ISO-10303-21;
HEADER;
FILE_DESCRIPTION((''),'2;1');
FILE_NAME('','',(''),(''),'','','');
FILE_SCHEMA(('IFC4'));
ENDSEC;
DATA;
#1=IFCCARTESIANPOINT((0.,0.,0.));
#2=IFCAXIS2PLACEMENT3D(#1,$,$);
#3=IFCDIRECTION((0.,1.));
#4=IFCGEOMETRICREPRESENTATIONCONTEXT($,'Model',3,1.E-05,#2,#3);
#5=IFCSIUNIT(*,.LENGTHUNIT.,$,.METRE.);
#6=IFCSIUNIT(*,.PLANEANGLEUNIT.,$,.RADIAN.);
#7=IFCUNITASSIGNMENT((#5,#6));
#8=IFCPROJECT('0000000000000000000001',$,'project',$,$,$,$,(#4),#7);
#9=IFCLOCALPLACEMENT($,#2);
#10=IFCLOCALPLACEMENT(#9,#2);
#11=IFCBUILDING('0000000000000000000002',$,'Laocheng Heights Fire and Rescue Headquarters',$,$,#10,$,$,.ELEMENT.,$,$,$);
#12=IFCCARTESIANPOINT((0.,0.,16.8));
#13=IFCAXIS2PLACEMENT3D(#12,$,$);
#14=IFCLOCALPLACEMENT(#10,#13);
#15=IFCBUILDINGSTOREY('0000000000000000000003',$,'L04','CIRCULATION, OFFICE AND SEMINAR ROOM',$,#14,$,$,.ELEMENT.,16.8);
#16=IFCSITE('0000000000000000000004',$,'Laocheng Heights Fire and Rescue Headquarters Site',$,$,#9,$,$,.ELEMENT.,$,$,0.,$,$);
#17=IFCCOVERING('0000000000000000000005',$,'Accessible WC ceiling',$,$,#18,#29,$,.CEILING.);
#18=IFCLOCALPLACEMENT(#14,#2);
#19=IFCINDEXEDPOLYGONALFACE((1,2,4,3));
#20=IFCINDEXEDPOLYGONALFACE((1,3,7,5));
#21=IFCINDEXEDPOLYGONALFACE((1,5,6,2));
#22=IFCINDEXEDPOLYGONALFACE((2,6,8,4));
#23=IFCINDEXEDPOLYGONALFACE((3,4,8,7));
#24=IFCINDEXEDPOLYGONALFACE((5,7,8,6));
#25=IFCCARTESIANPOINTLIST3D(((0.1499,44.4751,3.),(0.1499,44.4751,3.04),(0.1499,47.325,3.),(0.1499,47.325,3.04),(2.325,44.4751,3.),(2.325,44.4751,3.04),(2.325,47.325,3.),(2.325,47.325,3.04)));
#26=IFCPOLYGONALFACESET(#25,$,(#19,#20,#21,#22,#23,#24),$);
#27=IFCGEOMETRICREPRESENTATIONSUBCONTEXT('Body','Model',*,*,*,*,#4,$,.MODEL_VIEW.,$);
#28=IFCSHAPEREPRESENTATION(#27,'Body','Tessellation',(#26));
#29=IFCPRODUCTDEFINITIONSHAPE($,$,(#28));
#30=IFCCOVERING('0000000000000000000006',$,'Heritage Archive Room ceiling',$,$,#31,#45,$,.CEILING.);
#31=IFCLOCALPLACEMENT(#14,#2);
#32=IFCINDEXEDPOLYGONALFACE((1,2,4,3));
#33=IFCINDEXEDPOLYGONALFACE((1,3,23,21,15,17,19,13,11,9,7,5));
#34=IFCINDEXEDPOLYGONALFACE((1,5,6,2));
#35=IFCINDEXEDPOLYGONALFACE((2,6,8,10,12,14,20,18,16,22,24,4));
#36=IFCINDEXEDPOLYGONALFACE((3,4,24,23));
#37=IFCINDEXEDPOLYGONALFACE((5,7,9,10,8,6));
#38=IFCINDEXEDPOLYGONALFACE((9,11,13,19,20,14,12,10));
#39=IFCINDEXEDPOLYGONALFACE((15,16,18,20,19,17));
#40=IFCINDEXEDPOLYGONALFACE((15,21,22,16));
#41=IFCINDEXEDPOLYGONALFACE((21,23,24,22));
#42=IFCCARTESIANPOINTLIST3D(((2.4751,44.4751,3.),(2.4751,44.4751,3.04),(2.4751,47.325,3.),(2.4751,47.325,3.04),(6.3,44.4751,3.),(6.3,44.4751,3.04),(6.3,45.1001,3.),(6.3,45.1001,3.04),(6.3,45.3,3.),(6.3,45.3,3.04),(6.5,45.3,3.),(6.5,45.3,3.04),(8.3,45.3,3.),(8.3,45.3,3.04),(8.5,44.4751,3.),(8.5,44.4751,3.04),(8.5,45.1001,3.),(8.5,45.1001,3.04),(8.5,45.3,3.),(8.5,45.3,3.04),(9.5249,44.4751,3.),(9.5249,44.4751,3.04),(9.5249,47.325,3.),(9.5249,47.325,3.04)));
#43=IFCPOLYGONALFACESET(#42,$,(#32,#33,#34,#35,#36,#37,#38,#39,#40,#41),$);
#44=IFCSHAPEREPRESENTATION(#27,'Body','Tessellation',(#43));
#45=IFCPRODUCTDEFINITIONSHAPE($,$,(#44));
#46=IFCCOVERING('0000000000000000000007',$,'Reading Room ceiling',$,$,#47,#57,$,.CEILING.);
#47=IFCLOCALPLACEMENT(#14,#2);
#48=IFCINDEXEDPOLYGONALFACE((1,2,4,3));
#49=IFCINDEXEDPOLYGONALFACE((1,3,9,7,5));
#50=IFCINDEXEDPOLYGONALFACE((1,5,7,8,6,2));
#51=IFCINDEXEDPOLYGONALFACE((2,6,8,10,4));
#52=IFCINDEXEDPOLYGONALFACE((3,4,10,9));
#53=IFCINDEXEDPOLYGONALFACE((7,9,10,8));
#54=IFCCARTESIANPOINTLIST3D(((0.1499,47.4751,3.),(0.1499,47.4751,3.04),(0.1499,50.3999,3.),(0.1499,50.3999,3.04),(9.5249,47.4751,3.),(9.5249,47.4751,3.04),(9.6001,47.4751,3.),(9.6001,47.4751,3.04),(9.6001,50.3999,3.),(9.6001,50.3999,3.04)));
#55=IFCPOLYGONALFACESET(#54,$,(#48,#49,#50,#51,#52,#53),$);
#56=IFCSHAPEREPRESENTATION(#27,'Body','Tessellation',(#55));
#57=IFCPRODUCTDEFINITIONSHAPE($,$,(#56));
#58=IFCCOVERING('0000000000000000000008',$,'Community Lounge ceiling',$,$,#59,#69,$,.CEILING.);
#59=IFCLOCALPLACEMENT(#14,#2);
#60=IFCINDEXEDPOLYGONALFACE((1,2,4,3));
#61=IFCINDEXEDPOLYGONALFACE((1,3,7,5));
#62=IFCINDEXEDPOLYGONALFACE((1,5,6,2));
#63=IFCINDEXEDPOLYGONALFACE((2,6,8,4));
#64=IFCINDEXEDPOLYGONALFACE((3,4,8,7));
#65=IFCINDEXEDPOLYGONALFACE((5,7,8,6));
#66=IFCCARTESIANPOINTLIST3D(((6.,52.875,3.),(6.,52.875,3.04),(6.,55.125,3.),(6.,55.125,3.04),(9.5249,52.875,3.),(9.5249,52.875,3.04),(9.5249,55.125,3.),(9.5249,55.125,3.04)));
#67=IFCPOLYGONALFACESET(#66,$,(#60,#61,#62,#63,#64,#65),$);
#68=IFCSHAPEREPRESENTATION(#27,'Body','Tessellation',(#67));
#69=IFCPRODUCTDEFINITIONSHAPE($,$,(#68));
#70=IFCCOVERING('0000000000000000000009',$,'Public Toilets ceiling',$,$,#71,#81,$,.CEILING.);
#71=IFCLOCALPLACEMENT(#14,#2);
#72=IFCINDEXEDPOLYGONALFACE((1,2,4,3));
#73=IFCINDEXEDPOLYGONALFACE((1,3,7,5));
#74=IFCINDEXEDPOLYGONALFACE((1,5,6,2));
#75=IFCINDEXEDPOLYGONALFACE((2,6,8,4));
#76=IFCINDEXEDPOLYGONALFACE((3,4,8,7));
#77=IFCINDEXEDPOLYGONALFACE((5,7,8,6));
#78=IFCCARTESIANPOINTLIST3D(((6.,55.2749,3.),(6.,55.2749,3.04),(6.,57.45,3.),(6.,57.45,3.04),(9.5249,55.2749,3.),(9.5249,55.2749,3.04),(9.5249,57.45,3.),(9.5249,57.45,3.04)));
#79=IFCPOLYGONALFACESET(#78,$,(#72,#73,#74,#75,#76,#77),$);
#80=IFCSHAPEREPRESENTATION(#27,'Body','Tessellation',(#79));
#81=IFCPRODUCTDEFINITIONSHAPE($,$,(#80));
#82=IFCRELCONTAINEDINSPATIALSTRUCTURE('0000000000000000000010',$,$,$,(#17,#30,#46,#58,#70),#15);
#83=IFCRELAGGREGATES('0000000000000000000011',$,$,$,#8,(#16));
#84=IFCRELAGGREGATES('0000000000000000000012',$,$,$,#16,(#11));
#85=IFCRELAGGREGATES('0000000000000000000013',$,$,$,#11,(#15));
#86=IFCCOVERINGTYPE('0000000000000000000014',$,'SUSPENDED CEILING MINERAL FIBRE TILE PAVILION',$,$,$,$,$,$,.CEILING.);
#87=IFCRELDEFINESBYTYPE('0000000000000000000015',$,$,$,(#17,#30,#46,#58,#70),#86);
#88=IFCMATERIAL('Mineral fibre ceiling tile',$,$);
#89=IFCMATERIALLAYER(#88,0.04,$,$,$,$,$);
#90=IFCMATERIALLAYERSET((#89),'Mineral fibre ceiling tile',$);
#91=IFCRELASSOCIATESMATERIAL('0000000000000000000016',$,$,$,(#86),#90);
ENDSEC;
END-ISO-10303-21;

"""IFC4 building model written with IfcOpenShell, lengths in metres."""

from ifc_helpers import new_model, si_unit, direction, frame, origin, place, context, subcontext, project, spatial, polyline, outline, extrude, material, layer, layer_set, type_object, element, save


model = new_model("IFC4")

# Units and contexts
model_context = context("Model", 3, precision=1e-05, world=origin(), true_north=direction((0.0, 1.0)))
body_context = subcontext(model_context, "Body", "Model", "MODEL_VIEW")
ifc_project = project(units=[si_unit("LENGTHUNIT", "METRE"), si_unit("PLANEANGLEUNIT", "RADIAN")], contexts=[model_context])

# Site, building, storey
site_placement = place(None, origin())
site = spatial("IfcSite", under=ifc_project, at=site_placement, Name="Laocheng Heights Fire and Rescue Headquarters Site", CompositionType="ELEMENT", RefElevation=0.0)
building_placement = place(site_placement, origin())
building = spatial("IfcBuilding", under=site, at=building_placement, Name="Laocheng Heights Fire and Rescue Headquarters", CompositionType="ELEMENT")
storey_placement = place(building_placement, frame((0.0, 0.0, 16.8)))
storey = spatial("IfcBuildingStorey", under=building, at=storey_placement, Name="L04", Description="CIRCULATION, OFFICE AND SEMINAR ROOM", CompositionType="ELEMENT", Elevation=16.8)

# Coverings
ifc_material_1 = material(Name="Mineral fibre ceiling tile")
ifc_layer_1 = layer(ifc_material_1, 0.04)
ifc_layer_set_1 = layer_set([ifc_layer_1], Name="Mineral fibre ceiling tile")
covering_type_1 = type_object("IfcCoveringType", Name="SUSPENDED CEILING MINERAL FIBRE TILE PAVILION", PredefinedType="CEILING", material=ifc_layer_set_1)
covering_1_placement = place(storey_placement, frame((0.0, 0.0, 3.0)))
element("IfcCovering", 1, at=covering_1_placement, inside=storey, type_object=covering_type_1, Name="Accessible WC ceiling", PredefinedType="CEILING", context=body_context, shape_type="SweptSolid", body=[
    extrude(outline(polyline([(0.1499, 44.4751), (0.1499, 47.325), (2.325, 47.325), (2.325, 44.4751), (0.1499, 44.4751)])), origin(), (0.0, 0.0, 1.0), 0.04),
])
covering_2_placement = place(storey_placement, frame((0.0, 0.0, 3.0)))
element("IfcCovering", 2, at=covering_2_placement, inside=storey, type_object=covering_type_1, Name="Heritage Archive Room ceiling", PredefinedType="CEILING", context=body_context, shape_type="SweptSolid", body=[
    extrude(outline(polyline([(2.4751, 47.325), (9.5249, 47.325), (9.5249, 44.4751), (8.5, 44.4751), (8.5, 45.1001), (8.5, 45.3), (8.3, 45.3), (6.5, 45.3), (6.3, 45.3), (6.3, 45.1001), (6.3, 44.4751), (2.4751, 44.4751), (2.4751, 47.325)])), origin(), (0.0, 0.0, 1.0), 0.04),
])
covering_3_placement = place(storey_placement, frame((0.0, 0.0, 3.0)))
element("IfcCovering", 3, at=covering_3_placement, inside=storey, type_object=covering_type_1, Name="Reading Room ceiling", PredefinedType="CEILING", context=body_context, shape_type="SweptSolid", body=[
    extrude(outline(polyline([(9.6001, 47.4751), (9.5249, 47.4751), (0.1499, 47.4751), (0.1499, 50.3999), (9.6001, 50.3999), (9.6001, 47.4751)])), origin(), (0.0, 0.0, 1.0), 0.04),
])
covering_4_placement = place(storey_placement, frame((0.0, 0.0, 3.0)))
element("IfcCovering", 4, at=covering_4_placement, inside=storey, type_object=covering_type_1, Name="Community Lounge ceiling", PredefinedType="CEILING", context=body_context, shape_type="SweptSolid", body=[
    extrude(outline(polyline([(9.5249, 55.125), (9.5249, 52.875), (6.0, 52.875), (6.0, 55.125), (9.5249, 55.125)])), origin(), (0.0, 0.0, 1.0), 0.04),
])
covering_5_placement = place(storey_placement, frame((0.0, 0.0, 3.0)))
element("IfcCovering", 5, at=covering_5_placement, inside=storey, type_object=covering_type_1, Name="Public Toilets ceiling", PredefinedType="CEILING", context=body_context, shape_type="SweptSolid", body=[
    extrude(outline(polyline([(9.5249, 57.45), (9.5249, 55.2749), (6.0, 55.2749), (6.0, 57.45), (9.5249, 57.45)])), origin(), (0.0, 0.0, 1.0), 0.04),
])

save(model, "model.ifc")
